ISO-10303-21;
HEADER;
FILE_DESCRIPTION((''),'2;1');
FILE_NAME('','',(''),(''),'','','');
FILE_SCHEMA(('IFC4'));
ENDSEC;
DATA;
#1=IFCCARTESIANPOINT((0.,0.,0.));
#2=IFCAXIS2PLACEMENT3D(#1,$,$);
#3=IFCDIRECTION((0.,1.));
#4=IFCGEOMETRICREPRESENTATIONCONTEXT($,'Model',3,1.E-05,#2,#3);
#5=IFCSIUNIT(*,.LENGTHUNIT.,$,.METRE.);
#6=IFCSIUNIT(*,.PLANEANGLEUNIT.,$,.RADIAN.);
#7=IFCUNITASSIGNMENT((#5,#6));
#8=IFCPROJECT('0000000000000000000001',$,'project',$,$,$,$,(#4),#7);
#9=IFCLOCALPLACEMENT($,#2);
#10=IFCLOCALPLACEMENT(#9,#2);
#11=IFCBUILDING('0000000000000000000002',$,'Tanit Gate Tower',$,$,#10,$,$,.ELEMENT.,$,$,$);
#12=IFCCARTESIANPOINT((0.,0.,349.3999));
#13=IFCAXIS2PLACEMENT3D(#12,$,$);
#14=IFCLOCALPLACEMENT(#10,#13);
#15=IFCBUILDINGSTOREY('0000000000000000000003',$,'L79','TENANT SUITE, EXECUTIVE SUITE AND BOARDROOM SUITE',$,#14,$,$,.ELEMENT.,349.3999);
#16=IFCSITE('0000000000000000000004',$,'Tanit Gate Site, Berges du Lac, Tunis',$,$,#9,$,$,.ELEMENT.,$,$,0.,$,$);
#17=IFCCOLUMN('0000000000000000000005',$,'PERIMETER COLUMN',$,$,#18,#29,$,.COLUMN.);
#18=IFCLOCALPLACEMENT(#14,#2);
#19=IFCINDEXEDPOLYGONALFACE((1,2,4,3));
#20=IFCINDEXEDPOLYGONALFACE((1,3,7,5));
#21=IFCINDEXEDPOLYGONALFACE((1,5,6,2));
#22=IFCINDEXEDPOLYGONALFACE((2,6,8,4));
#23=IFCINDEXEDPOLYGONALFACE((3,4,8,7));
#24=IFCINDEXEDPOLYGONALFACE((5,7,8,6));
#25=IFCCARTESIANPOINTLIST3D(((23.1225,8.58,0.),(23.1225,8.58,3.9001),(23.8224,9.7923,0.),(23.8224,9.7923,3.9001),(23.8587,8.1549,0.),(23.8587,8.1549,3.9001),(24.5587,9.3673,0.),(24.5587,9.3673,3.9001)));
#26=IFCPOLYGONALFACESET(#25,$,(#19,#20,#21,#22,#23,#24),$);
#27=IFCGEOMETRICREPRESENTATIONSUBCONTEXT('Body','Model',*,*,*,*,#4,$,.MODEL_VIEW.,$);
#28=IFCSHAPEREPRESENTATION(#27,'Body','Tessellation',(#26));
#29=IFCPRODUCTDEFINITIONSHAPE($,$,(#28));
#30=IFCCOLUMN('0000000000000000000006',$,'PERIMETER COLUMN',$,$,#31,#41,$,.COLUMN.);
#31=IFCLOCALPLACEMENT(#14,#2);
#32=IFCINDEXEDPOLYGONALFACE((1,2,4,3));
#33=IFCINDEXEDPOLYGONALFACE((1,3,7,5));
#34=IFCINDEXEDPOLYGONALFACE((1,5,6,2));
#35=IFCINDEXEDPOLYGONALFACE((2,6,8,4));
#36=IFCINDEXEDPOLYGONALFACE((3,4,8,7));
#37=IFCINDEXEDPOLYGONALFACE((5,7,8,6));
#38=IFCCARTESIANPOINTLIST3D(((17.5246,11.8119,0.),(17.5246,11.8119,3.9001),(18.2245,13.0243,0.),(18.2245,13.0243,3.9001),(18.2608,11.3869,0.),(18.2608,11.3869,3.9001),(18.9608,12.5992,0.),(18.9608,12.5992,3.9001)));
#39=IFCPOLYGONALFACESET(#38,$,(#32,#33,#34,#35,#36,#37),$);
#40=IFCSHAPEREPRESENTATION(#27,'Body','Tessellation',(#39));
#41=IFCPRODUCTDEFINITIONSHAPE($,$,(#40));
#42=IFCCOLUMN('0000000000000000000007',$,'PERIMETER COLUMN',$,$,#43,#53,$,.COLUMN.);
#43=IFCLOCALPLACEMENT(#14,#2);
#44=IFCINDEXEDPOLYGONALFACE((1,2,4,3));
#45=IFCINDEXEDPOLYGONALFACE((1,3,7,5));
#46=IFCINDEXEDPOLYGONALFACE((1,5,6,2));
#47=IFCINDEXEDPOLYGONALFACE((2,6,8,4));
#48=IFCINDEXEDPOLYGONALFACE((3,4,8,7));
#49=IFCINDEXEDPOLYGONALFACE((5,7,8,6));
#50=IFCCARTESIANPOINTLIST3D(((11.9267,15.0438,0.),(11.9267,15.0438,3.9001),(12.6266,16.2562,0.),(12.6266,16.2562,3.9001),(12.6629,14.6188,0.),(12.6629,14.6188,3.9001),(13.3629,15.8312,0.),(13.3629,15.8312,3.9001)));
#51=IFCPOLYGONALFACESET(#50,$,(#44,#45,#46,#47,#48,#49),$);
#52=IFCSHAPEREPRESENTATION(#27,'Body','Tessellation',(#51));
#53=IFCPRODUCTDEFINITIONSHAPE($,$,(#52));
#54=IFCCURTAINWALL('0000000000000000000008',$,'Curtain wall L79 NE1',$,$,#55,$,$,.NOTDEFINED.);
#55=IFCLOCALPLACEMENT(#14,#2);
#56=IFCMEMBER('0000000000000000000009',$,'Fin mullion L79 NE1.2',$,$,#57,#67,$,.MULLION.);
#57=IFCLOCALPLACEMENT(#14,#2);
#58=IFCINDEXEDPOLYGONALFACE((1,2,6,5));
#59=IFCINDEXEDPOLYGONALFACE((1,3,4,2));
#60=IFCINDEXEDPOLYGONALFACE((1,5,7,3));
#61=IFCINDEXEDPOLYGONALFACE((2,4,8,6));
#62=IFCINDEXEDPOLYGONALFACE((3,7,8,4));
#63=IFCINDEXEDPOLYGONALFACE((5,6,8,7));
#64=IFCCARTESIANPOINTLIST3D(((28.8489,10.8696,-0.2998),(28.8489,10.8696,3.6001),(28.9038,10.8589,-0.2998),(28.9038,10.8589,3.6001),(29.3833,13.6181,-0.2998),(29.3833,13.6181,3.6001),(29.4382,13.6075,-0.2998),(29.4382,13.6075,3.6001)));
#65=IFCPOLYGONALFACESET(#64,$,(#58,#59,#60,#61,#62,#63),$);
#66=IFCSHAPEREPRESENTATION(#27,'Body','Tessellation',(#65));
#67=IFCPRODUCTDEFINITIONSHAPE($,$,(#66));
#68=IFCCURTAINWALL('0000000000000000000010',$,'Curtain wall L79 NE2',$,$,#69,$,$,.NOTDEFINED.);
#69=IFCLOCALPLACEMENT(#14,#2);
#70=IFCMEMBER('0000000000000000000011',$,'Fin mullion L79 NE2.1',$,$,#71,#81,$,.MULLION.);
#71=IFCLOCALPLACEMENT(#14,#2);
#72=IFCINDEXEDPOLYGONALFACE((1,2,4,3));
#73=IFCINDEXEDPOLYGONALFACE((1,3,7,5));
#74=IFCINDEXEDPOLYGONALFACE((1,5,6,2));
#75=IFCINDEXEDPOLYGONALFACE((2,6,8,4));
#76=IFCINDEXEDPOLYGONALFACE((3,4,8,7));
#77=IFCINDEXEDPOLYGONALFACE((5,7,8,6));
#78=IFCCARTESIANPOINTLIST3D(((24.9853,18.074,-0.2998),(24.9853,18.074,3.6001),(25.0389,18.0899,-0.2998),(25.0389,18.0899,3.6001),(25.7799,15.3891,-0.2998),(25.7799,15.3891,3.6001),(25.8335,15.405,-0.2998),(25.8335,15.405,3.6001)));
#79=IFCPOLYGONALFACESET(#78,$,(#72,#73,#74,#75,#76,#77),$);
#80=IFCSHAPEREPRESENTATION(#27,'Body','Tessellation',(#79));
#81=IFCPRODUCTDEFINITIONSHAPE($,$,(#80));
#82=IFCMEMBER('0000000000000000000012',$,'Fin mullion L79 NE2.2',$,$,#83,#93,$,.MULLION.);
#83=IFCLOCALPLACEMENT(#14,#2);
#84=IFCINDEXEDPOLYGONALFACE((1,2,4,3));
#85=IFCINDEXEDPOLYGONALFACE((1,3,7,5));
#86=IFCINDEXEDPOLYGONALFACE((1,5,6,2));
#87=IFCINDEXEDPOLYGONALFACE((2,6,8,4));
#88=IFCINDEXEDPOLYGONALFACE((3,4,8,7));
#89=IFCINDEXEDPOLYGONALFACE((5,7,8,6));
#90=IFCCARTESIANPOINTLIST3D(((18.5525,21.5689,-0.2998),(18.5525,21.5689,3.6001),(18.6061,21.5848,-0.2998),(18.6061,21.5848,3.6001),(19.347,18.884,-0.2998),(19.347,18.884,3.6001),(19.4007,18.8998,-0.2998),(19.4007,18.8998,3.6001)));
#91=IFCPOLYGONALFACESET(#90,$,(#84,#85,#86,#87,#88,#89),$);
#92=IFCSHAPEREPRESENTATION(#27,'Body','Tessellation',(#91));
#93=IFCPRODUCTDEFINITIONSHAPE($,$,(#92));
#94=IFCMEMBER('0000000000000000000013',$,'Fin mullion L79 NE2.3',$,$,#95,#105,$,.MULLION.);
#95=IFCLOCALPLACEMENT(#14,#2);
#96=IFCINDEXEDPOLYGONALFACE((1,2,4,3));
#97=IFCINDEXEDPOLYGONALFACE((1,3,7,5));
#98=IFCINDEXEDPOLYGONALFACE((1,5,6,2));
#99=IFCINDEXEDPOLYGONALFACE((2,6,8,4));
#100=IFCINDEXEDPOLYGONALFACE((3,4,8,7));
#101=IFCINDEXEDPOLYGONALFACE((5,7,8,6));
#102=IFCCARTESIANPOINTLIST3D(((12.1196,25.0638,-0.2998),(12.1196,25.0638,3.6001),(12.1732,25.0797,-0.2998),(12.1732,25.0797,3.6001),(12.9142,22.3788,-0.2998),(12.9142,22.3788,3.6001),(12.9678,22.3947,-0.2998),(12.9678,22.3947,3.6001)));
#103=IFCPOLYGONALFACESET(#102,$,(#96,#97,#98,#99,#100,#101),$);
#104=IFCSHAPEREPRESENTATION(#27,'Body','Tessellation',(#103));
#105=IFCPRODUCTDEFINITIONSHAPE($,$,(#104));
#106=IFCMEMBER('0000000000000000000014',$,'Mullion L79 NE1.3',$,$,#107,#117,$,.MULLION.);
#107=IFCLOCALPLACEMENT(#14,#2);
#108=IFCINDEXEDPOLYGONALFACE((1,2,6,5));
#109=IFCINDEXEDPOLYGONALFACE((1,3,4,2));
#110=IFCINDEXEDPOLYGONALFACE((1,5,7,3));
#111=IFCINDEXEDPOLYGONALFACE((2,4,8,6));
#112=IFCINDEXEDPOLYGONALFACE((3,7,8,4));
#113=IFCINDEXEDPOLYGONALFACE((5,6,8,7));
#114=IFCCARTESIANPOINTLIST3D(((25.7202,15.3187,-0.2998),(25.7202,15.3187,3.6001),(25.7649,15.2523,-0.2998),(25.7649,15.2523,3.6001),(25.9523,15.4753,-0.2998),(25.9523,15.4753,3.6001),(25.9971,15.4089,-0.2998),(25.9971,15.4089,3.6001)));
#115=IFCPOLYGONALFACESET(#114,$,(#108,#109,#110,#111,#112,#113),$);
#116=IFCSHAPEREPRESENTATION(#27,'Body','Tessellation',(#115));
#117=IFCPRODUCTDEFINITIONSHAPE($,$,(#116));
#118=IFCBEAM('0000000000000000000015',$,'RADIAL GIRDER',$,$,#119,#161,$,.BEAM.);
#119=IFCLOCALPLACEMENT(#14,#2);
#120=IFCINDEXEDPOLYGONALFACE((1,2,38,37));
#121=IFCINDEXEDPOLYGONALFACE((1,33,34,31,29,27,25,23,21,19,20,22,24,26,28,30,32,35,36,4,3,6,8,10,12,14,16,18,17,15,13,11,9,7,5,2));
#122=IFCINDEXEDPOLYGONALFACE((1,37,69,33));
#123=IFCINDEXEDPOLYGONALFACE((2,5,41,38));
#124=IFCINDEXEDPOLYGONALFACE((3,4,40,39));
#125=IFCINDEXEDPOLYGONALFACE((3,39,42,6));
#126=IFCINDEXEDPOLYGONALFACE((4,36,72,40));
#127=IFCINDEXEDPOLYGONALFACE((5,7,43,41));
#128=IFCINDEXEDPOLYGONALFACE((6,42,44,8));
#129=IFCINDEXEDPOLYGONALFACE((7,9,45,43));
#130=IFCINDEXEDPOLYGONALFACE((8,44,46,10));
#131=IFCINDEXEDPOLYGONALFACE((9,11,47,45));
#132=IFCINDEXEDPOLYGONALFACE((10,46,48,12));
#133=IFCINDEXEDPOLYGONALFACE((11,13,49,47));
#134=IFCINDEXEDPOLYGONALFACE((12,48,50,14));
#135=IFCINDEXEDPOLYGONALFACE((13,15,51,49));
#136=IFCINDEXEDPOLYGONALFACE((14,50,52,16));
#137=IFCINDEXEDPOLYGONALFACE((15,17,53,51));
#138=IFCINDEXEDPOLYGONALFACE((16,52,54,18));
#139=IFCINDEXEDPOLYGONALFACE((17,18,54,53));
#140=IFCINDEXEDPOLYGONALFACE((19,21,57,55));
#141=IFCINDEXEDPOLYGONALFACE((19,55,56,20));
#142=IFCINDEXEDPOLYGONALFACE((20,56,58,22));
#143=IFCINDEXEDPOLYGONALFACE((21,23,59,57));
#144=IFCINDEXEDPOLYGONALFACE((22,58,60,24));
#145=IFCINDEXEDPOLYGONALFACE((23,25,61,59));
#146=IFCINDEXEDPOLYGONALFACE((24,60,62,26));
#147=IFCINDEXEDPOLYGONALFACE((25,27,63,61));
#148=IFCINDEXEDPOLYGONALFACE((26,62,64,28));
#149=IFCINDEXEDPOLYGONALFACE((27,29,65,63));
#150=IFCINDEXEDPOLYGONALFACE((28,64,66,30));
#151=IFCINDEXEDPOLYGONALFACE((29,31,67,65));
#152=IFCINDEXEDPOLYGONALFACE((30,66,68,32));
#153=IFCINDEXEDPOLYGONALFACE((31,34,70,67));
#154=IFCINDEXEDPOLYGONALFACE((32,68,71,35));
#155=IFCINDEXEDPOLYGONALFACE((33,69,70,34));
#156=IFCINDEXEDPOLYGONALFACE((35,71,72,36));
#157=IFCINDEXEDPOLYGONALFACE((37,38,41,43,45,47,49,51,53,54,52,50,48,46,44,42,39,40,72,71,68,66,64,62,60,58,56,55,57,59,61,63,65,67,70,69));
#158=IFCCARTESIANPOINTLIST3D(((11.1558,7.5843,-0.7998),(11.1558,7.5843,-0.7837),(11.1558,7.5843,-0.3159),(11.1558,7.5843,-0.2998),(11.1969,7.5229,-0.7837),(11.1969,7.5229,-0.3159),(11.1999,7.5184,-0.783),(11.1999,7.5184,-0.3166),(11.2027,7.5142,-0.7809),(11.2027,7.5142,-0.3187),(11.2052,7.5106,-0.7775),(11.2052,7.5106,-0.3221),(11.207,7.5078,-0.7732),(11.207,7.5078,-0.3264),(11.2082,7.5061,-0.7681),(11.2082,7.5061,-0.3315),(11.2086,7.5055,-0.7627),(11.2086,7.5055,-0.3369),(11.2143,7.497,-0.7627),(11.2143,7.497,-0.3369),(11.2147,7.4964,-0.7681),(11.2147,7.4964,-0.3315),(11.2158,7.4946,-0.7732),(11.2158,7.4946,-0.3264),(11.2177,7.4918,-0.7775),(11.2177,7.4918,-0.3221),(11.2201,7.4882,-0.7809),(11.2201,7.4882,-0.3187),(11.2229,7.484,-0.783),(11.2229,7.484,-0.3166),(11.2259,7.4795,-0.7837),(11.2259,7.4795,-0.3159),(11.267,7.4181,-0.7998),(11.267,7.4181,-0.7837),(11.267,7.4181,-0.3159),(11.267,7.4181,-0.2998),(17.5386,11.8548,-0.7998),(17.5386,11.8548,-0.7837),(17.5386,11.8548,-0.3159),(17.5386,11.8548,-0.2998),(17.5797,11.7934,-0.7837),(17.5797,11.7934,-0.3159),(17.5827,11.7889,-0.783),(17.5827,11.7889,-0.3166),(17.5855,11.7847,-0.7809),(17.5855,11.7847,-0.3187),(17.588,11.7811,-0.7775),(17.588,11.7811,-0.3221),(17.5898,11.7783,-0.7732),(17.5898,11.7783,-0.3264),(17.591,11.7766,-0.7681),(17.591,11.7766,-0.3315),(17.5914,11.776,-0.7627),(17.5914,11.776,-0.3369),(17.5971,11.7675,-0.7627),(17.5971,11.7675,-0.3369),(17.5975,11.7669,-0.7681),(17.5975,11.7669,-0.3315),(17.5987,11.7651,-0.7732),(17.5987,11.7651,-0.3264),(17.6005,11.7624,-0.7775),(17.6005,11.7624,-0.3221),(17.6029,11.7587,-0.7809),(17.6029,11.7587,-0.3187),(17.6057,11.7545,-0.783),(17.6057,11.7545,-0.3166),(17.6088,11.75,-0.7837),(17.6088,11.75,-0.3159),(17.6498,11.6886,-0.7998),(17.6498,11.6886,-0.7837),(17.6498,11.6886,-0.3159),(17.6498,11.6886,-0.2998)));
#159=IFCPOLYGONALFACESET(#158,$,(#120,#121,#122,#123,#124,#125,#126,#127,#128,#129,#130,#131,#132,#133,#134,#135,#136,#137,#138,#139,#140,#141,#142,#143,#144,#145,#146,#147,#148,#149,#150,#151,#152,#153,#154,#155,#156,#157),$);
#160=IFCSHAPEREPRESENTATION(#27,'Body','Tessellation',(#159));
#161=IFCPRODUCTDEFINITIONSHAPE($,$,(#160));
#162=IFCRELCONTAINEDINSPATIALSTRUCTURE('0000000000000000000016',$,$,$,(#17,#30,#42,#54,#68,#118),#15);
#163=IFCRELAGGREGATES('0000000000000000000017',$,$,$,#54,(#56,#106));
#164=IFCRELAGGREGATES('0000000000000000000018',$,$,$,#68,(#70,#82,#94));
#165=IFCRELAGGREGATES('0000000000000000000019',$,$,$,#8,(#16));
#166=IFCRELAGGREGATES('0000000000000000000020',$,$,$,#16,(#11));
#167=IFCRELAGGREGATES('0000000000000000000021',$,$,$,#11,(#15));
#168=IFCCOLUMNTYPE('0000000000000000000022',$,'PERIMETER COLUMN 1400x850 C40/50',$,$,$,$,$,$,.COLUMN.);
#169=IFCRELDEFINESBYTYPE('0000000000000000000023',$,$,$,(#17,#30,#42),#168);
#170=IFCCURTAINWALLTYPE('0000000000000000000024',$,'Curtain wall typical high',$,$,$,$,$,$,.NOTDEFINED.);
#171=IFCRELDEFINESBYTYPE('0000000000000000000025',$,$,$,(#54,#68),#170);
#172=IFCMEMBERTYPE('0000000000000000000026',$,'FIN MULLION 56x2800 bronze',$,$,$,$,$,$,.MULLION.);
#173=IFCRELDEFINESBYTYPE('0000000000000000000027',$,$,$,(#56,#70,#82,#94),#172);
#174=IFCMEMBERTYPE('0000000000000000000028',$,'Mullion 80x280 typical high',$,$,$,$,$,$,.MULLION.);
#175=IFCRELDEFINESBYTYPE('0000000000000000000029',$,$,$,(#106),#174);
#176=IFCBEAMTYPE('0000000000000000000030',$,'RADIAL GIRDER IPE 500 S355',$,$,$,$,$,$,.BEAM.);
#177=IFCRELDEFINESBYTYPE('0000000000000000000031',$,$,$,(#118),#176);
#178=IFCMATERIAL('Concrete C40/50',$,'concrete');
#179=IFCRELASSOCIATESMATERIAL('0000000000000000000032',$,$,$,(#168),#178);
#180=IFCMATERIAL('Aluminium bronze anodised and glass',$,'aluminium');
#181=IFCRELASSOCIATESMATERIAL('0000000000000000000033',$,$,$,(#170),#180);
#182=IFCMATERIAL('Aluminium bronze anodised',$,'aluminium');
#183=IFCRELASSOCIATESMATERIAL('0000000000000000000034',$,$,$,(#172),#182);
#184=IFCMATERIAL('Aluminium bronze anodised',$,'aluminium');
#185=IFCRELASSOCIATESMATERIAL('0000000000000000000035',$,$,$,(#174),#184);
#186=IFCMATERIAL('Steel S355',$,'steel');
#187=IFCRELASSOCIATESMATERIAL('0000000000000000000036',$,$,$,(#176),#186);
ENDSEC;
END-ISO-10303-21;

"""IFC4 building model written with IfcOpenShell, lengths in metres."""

from ifc_helpers import new_model, si_unit, direction, frame, origin, origin_2d, place, context, subcontext, project, spatial, rectangle, i_section, extrude, material, material_profile, profile_set, type_object, element, aggregate, save


model = new_model("IFC4")

# Units and contexts
model_context = context("Model", 3, precision=1e-05, world=origin(), true_north=direction((0.0, 1.0)))
body_context = subcontext(model_context, "Body", "Model", "MODEL_VIEW")
ifc_project = project(units=[si_unit("LENGTHUNIT", "METRE"), si_unit("PLANEANGLEUNIT", "RADIAN")], contexts=[model_context])

# Site, building, storey
site_placement = place(None, origin())
site = spatial("IfcSite", under=ifc_project, at=site_placement, Name="Tanit Gate Site, Berges du Lac, Tunis", CompositionType="ELEMENT", RefElevation=0.0)
building_placement = place(site_placement, origin())
building = spatial("IfcBuilding", under=site, at=building_placement, Name="Tanit Gate Tower", CompositionType="ELEMENT")
storey_placement = place(building_placement, frame((0.0, 0.0, 349.3999)))
storey = spatial("IfcBuildingStorey", under=building, at=storey_placement, Name="L79", Description="TENANT SUITE, EXECUTIVE SUITE AND BOARDROOM SUITE", CompositionType="ELEMENT", Elevation=349.3999)

# Columns
ifc_material_1 = material(Name="Concrete C40/50", Category="concrete")
ifc_material_profile_1 = material_profile(ifc_material_1, rectangle(XDim=1.3999, YDim=0.8501, at=origin_2d()), Name="RC 1400x850")
ifc_profile_set_1 = profile_set([ifc_material_profile_1], Name="Concrete C40/50")
column_type = type_object("IfcColumnType", Name="PERIMETER COLUMN 1400x850 C40/50", PredefinedType="COLUMN", material=ifc_profile_set_1)
for number, where, z_axis, x_axis, name in (
    (1, (23.8406, 8.9736, 0.0), (0.0, 0.0, 1.0), (0.5, 0.866025, 0.0), "PERIMETER COLUMN"),
    (2, (18.2427, 12.2056, 0.0), (0.0, 0.0, 1.0), (0.5, 0.866025, 0.0), "PERIMETER COLUMN"),
    (3, (12.6448, 15.4375, 0.0), (0.0, 0.0, 1.0), (0.5, 0.866025, 0.0), "PERIMETER COLUMN"),
):
    element("IfcColumn", number, at=place(storey_placement, frame(where, z_axis=z_axis, x_axis=x_axis)), inside=storey, type_object=column_type, Name=name, PredefinedType="COLUMN", context=body_context, shape_type="SweptSolid", body=[
        extrude(rectangle(XDim=1.3999, YDim=0.8501, at=origin_2d()), origin(), (0.0, 0.0, 1.0), 3.9001),
    ])

# Curtain wall, member
ifc_material_2 = material(Name="Aluminium bronze anodised and glass", Category="aluminium")
curtain_wall_type = type_object("IfcCurtainWallType", Name="Curtain wall typical high", PredefinedType="NOTDEFINED", material=ifc_material_2)
curtain_wall_1_placement = place(storey_placement, origin())
curtain_wall_1 = element("IfcCurtainWall", 4, at=curtain_wall_1_placement, inside=storey, type_object=curtain_wall_type, Name="Curtain wall L79 NE1", PredefinedType="NOTDEFINED")
ifc_material_3 = material(Name="Aluminium bronze anodised", Category="aluminium")
ifc_material_profile_2 = material_profile(ifc_material_3, rectangle(XDim=2.8, YDim=0.0559, at=origin_2d()), Name="56x2800 bronze fin mullion")
ifc_profile_set_2 = profile_set([ifc_material_profile_2], Name="Aluminium bronze anodised")
member_type_1 = type_object("IfcMemberType", Name="FIN MULLION 56x2800 bronze", PredefinedType="MULLION", material=ifc_profile_set_2)
member_1_placement = place(storey_placement, frame((29.1436, 12.2385, -0.2998), z_axis=(0.0, 0.0, 1.0), x_axis=(-0.190863, -0.981617, 0.0)))
member_1 = element("IfcMember", 5, at=member_1_placement, type_object=member_type_1, Name="Fin mullion L79 NE1.2", PredefinedType="MULLION", context=body_context, shape_type="SweptSolid", body=[
    extrude(rectangle(XDim=2.8, YDim=0.0559, at=origin_2d()), origin(), (0.0, 0.0, 1.0), 3.8999),
])

# Curtain wall, members
curtain_wall_2_placement = place(storey_placement, origin())
curtain_wall_2 = element("IfcCurtainWall", 6, at=curtain_wall_2_placement, inside=storey, type_object=curtain_wall_type, Name="Curtain wall L79 NE2", PredefinedType="NOTDEFINED")
member_2_placement = place(storey_placement, frame((25.4094, 16.7395, -0.2998), z_axis=(0.0, 0.0, 1.0), x_axis=(0.283773, -0.958892, 0.0)))
member_2 = element("IfcMember", 7, at=member_2_placement, type_object=member_type_1, Name="Fin mullion L79 NE2.1", PredefinedType="MULLION", context=body_context, shape_type="SweptSolid", body=[
    extrude(rectangle(XDim=2.8, YDim=0.0559, at=origin_2d()), origin(), (0.0, 0.0, 1.0), 3.8999),
])
member_3_placement = place(storey_placement, frame((18.9766, 20.2344, -0.2998), z_axis=(0.0, 0.0, 1.0), x_axis=(0.283773, -0.958892, 0.0)))
member_3 = element("IfcMember", 8, at=member_3_placement, type_object=member_type_1, Name="Fin mullion L79 NE2.2", PredefinedType="MULLION", context=body_context, shape_type="SweptSolid", body=[
    extrude(rectangle(XDim=2.8, YDim=0.0559, at=origin_2d()), origin(), (0.0, 0.0, 1.0), 3.8999),
])
member_4_placement = place(storey_placement, frame((12.5437, 23.7292, -0.2998), z_axis=(0.0, 0.0, 1.0), x_axis=(0.283773, -0.958892, 0.0)))
member_4 = element("IfcMember", 9, at=member_4_placement, type_object=member_type_1, Name="Fin mullion L79 NE2.3", PredefinedType="MULLION", context=body_context, shape_type="SweptSolid", body=[
    extrude(rectangle(XDim=2.8, YDim=0.0559, at=origin_2d()), origin(), (0.0, 0.0, 1.0), 3.8999),
])

# Member
ifc_material_4 = material(Name="Aluminium bronze anodised", Category="aluminium")
ifc_material_profile_3 = material_profile(ifc_material_4, rectangle(XDim=0.28, YDim=0.0801, at=origin_2d()), Name="80x280 bronze mullion")
ifc_profile_set_3 = profile_set([ifc_material_profile_3], Name="Aluminium bronze anodised")
member_type_2 = type_object("IfcMemberType", Name="Mullion 80x280 typical high", PredefinedType="MULLION", material=ifc_profile_set_3)
member_5_placement = place(storey_placement, frame((25.8586, 15.3638, -0.2998), z_axis=(0.0, 0.0, 1.0), x_axis=(-0.829068, -0.559148, 0.0)))
member_5 = element("IfcMember", 10, at=member_5_placement, type_object=member_type_2, Name="Mullion L79 NE1.3", PredefinedType="MULLION", context=body_context, shape_type="SweptSolid", body=[
    extrude(rectangle(XDim=0.28, YDim=0.0801, at=origin_2d()), origin(), (0.0, 0.0, 1.0), 3.8999),
])

# Beam
ifc_material_5 = material(Name="Steel S355", Category="steel")
ifc_material_profile_4 = material_profile(ifc_material_5, i_section(OverallWidth=0.2, OverallDepth=0.5, WebThickness=0.0103, FlangeThickness=0.0161, FilletRadius=0.021, at=origin_2d()), Name="IPE 500")
ifc_profile_set_4 = profile_set([ifc_material_profile_4], Name="Steel S355")
beam_type_1 = type_object("IfcBeamType", Name="RADIAL GIRDER IPE 500 S355", PredefinedType="BEAM", material=ifc_profile_set_4)
beam_1_placement = place(storey_placement, frame((17.5942, 11.7717, -0.5498), z_axis=(-0.83113, -0.556079, 0.0), x_axis=(0.556079, -0.83113, 0.0)))
element("IfcBeam", 11, at=beam_1_placement, inside=storey, type_object=beam_type_1, Name="RADIAL GIRDER", PredefinedType="BEAM", context=body_context, shape_type="SweptSolid", body=[
    extrude(i_section(OverallWidth=0.2, OverallDepth=0.5, WebThickness=0.0103, FlangeThickness=0.0161, FilletRadius=0.021, at=origin_2d()), origin(), (0.0, 0.0, 1.0), 7.6797),
])

aggregate(curtain_wall_1, [member_1, member_5])
aggregate(curtain_wall_2, [member_2, member_3, member_4])

save(model, "model.ifc")
